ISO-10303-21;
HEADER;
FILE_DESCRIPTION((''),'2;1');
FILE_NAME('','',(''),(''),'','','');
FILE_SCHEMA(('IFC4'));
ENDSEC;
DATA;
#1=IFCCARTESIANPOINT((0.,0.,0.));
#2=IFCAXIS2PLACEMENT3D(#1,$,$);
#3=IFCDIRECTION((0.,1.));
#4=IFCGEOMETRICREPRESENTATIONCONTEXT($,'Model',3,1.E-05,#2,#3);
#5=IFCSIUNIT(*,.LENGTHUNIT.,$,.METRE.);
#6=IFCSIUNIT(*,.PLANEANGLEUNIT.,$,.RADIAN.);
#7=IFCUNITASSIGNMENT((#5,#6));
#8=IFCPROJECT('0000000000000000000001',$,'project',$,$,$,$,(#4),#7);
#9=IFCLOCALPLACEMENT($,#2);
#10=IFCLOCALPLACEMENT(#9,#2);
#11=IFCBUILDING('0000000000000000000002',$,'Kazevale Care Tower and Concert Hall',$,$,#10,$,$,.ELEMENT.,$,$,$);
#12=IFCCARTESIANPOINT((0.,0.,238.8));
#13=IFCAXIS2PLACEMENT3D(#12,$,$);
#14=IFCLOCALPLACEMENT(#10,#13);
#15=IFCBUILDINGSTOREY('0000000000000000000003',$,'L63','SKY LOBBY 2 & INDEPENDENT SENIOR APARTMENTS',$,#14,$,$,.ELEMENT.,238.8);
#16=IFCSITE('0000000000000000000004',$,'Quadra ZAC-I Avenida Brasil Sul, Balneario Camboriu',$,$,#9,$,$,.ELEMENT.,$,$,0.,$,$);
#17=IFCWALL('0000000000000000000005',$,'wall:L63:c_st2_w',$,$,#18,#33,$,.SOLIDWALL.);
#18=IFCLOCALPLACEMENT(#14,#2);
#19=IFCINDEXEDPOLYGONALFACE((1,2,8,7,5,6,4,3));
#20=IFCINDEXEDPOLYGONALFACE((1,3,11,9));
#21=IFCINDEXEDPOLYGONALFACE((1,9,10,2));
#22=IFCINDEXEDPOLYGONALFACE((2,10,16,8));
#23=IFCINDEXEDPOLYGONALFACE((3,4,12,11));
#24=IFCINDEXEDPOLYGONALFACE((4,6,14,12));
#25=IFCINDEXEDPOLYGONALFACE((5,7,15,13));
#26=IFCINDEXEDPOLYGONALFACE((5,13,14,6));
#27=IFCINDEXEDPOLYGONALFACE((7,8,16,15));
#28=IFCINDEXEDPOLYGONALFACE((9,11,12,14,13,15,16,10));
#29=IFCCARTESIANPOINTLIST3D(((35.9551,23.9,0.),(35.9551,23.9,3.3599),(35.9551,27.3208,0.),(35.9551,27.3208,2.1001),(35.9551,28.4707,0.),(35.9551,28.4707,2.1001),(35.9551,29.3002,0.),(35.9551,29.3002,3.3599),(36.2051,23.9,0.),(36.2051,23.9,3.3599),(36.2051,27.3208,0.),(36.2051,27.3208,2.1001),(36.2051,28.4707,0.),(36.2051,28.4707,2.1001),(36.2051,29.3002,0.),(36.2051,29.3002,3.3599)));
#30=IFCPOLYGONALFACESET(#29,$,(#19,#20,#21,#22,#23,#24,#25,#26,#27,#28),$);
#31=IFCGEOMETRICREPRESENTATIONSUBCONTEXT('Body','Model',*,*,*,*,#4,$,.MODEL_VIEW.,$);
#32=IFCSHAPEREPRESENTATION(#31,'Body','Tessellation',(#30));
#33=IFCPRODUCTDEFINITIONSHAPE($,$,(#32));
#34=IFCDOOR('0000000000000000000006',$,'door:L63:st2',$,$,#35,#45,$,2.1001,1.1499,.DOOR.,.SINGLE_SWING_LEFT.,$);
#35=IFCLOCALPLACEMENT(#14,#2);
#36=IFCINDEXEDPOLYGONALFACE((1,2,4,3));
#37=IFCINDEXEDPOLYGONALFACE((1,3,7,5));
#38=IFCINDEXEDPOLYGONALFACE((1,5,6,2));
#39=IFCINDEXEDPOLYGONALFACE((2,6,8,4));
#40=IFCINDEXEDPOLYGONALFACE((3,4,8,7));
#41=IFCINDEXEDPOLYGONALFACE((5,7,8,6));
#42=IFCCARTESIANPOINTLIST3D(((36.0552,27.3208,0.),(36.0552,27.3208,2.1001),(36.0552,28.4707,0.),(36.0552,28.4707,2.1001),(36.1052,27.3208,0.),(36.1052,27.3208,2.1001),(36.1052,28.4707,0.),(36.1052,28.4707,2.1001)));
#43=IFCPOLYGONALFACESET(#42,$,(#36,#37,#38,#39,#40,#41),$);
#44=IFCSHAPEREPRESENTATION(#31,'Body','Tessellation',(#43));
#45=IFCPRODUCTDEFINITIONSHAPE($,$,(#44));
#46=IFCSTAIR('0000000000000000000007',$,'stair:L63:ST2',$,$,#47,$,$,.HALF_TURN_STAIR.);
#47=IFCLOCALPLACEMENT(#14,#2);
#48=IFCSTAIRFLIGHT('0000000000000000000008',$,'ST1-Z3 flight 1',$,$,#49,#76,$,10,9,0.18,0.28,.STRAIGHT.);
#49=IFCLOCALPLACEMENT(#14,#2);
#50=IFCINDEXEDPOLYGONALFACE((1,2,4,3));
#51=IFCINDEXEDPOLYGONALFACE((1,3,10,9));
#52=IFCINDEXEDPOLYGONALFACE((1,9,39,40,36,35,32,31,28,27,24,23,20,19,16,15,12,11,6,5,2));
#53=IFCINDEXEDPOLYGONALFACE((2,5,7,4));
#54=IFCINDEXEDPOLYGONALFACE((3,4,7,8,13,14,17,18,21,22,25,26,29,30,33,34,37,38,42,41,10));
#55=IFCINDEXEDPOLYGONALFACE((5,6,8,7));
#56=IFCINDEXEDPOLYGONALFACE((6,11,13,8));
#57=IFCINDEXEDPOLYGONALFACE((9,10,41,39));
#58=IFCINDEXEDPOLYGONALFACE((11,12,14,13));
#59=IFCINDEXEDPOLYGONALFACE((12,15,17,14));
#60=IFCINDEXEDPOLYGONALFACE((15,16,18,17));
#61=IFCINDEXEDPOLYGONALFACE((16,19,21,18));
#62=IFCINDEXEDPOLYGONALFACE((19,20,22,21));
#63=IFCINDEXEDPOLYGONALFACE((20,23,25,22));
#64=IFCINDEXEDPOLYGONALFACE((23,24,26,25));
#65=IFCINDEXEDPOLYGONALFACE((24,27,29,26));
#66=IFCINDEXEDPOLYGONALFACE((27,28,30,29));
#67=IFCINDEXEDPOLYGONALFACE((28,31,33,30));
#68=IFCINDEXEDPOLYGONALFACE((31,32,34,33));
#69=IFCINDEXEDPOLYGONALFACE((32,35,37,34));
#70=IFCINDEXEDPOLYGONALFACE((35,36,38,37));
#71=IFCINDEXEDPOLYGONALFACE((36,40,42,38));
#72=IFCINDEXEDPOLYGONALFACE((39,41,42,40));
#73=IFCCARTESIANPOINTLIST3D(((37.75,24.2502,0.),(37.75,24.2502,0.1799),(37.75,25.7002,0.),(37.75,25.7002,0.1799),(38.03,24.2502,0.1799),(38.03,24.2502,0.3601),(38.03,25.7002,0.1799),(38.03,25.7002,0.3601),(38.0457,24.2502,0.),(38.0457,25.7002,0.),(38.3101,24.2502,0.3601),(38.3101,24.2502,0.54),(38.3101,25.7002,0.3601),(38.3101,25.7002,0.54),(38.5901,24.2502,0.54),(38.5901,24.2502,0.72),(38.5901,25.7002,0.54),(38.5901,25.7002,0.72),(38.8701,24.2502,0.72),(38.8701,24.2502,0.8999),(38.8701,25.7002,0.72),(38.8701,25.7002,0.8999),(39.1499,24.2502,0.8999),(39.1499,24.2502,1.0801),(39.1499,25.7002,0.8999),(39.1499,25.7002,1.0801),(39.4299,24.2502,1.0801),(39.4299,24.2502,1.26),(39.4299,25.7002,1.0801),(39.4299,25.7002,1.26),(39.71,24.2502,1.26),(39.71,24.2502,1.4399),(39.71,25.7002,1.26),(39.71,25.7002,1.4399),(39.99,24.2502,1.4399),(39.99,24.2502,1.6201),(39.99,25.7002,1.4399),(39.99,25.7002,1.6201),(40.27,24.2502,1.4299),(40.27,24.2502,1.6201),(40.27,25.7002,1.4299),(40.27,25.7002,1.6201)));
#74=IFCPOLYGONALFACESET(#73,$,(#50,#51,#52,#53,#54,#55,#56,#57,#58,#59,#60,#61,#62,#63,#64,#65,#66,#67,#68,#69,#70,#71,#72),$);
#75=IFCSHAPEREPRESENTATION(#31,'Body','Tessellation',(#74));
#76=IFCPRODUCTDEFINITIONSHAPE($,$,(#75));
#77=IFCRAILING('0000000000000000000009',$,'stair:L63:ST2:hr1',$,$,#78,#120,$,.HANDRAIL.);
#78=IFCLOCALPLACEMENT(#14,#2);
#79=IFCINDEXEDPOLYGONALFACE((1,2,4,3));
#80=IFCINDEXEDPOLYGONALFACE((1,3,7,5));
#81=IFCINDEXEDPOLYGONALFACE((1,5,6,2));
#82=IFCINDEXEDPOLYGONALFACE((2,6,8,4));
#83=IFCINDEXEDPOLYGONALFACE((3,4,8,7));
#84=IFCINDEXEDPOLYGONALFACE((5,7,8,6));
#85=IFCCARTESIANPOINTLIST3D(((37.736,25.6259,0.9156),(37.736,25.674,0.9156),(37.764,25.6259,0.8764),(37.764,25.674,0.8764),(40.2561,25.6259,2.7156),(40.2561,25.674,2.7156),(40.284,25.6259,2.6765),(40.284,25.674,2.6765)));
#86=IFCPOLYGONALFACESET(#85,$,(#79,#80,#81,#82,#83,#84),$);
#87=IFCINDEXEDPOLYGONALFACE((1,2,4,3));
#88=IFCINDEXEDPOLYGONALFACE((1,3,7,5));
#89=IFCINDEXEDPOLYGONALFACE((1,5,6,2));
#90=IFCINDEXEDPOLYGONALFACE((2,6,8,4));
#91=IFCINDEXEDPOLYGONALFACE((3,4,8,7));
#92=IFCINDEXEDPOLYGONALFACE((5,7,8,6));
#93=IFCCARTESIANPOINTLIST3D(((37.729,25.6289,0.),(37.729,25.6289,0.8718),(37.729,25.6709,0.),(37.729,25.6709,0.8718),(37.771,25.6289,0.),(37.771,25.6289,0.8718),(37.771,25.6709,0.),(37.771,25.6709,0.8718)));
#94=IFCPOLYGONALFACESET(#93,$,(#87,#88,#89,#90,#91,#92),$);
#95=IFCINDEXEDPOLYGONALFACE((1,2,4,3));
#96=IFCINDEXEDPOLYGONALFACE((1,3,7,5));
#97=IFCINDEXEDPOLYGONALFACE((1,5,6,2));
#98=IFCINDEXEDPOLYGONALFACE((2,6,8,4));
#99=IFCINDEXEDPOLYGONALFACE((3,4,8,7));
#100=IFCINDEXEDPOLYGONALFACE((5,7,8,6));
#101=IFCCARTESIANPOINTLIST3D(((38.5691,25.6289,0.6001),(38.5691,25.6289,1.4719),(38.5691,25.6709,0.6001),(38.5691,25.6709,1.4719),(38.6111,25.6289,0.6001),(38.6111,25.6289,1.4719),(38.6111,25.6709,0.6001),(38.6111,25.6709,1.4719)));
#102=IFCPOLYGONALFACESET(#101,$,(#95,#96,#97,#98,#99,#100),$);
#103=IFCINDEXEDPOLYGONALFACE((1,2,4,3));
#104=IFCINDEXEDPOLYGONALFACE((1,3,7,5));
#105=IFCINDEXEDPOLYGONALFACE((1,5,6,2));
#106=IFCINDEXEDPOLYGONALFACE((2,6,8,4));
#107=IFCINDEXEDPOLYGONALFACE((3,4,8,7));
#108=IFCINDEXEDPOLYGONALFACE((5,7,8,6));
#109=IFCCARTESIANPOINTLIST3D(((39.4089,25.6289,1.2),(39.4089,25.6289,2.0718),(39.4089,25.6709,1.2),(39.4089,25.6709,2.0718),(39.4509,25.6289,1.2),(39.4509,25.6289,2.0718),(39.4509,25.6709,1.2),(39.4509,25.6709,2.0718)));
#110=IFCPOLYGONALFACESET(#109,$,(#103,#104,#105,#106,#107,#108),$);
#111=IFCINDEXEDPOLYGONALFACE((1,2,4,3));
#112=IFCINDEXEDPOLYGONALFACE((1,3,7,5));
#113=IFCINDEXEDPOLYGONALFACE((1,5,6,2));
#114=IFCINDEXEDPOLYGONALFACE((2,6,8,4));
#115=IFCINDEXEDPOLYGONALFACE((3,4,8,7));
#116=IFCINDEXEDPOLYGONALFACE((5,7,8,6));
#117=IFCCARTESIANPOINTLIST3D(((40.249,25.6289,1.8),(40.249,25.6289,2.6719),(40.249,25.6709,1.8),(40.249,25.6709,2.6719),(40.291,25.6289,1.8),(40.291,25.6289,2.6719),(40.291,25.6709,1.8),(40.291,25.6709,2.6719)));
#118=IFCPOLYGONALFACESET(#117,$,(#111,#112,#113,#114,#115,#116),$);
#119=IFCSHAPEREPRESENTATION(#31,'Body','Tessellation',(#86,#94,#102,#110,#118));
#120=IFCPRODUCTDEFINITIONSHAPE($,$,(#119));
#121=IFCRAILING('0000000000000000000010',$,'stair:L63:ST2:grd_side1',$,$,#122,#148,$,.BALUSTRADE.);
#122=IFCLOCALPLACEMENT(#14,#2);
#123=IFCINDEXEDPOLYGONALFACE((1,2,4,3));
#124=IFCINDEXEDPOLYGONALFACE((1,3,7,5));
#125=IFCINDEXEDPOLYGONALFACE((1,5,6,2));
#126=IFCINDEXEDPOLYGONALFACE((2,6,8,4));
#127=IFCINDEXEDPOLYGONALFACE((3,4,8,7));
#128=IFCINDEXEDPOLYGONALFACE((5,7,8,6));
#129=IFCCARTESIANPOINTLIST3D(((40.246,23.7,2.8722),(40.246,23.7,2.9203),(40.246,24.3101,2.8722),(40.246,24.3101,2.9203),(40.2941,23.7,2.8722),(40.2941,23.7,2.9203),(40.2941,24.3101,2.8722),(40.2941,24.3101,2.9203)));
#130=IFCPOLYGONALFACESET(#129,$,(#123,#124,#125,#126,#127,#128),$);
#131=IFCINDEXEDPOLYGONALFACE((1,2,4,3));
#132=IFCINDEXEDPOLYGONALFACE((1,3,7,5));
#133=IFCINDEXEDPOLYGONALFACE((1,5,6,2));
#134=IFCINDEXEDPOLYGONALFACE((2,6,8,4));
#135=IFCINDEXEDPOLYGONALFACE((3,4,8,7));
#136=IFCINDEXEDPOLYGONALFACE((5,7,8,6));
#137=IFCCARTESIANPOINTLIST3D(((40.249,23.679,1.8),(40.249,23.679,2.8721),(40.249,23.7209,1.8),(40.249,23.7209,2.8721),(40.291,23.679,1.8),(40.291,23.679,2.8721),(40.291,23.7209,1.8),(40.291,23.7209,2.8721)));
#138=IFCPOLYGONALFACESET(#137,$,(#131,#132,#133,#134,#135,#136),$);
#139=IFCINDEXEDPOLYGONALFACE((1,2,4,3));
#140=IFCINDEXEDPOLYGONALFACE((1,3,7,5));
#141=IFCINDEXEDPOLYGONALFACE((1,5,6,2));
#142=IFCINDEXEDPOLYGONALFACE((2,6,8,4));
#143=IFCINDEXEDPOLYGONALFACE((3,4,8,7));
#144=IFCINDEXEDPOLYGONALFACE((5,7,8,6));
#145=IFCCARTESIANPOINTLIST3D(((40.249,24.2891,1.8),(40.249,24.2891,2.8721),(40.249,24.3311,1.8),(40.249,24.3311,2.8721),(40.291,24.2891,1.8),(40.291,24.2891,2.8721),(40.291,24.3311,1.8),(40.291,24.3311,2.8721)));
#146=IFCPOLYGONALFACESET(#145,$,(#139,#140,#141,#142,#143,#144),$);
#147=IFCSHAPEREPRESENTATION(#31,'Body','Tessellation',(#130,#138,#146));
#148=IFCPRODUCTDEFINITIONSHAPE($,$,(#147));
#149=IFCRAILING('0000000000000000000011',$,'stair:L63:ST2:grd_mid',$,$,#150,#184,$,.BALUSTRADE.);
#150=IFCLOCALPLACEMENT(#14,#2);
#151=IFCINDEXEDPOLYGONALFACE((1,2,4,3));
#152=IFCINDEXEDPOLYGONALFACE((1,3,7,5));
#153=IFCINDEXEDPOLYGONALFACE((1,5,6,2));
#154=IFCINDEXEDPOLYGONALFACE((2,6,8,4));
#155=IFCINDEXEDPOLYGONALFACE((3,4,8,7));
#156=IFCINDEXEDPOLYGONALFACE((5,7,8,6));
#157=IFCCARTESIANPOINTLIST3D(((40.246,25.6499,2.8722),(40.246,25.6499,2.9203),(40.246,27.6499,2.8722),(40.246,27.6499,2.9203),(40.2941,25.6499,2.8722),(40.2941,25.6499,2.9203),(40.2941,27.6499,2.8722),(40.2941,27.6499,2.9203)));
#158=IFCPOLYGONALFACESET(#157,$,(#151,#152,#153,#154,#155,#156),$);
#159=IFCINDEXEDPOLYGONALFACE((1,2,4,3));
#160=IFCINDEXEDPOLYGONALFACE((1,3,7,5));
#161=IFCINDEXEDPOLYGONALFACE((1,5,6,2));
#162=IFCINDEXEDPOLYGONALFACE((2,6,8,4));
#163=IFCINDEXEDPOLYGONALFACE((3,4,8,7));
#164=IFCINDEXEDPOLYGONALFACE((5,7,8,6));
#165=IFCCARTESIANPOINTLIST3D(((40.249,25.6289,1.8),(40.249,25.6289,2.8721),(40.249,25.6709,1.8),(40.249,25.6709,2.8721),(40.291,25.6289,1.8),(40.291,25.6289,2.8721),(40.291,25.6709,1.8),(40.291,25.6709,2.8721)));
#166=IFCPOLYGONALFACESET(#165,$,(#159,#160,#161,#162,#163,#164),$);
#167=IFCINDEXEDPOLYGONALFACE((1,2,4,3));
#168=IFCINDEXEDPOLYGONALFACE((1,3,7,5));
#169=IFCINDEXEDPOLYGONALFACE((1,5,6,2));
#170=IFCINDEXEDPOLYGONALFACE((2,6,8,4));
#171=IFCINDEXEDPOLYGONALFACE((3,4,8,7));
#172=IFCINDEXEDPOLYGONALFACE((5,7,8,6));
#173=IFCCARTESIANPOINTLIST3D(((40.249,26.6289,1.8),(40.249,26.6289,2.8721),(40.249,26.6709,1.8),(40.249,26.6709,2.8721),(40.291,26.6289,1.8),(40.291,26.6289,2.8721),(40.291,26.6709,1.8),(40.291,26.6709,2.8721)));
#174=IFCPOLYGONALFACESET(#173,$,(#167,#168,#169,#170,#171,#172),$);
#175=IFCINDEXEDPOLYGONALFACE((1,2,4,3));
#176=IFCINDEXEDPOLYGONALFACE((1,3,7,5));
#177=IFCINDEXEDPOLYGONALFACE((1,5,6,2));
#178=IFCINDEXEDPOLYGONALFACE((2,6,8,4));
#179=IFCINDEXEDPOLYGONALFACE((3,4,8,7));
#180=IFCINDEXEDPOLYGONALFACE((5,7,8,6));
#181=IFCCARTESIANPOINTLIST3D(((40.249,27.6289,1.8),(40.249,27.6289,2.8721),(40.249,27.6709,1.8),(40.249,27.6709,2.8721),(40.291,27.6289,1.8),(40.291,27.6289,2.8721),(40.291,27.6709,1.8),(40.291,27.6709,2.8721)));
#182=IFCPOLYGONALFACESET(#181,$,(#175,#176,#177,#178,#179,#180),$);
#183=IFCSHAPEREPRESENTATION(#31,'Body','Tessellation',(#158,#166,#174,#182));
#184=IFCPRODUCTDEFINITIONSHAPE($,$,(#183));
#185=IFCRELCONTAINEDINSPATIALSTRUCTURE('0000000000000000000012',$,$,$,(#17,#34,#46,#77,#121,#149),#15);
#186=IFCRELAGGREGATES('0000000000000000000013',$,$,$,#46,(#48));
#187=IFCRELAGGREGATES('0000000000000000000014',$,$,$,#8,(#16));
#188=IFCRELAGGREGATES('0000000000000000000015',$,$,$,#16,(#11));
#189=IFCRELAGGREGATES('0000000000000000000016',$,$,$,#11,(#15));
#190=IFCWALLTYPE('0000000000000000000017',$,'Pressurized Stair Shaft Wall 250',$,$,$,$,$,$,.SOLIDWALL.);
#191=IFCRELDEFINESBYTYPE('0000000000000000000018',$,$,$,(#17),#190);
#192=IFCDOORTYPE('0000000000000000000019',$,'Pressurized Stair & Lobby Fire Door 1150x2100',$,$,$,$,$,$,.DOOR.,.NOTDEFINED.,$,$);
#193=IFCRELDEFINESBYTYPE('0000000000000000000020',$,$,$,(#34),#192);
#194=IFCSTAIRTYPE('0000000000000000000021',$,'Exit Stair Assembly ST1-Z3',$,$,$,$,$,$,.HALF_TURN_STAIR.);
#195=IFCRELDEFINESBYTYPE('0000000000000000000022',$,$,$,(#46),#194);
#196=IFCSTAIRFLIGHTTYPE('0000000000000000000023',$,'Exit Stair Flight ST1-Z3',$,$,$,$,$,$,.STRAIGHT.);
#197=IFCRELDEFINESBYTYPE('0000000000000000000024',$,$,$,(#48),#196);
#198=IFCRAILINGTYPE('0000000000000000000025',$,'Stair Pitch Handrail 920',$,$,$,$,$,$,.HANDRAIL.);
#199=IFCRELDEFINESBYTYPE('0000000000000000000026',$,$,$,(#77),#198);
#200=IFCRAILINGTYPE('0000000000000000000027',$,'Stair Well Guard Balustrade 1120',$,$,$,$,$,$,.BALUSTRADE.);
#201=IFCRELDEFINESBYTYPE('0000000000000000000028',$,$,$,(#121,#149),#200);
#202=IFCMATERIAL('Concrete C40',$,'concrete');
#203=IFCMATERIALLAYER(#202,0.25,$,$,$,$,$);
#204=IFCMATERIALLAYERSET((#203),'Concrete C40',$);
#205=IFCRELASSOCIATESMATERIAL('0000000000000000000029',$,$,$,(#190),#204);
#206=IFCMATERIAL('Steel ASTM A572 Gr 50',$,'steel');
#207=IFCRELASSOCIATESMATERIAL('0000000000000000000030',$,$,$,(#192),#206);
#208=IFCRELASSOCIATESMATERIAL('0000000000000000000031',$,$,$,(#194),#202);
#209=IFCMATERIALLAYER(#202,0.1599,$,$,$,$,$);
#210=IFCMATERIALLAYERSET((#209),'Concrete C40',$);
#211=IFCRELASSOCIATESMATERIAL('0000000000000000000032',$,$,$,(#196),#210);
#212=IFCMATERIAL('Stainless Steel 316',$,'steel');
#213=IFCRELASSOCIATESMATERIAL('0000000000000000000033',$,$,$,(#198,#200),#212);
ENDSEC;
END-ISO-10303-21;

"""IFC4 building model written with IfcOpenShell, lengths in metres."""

from ifc_helpers import new_model, si_unit, direction, frame, frame_2d, origin, origin_2d, place, context, subcontext, project, spatial, polyline, rectangle, outline, extrude, material, layer, layer_set, type_object, element, fill, aggregate, save


model = new_model("IFC4")

# Units and contexts
model_context = context("Model", 3, precision=1e-05, world=origin(), true_north=direction((0.0, 1.0)))
body_context = subcontext(model_context, "Body", "Model", "MODEL_VIEW")
ifc_project = project(units=[si_unit("LENGTHUNIT", "METRE"), si_unit("PLANEANGLEUNIT", "RADIAN")], contexts=[model_context])

# Site, building, storey
site_placement = place(None, origin())
site = spatial("IfcSite", under=ifc_project, at=site_placement, Name="Quadra ZAC-I Avenida Brasil Sul, Balneario Camboriu", CompositionType="ELEMENT", RefElevation=0.0)
building_placement = place(site_placement, origin())
building = spatial("IfcBuilding", under=site, at=building_placement, Name="Kazevale Care Tower and Concert Hall", CompositionType="ELEMENT")
storey_placement = place(building_placement, frame((0.0, 0.0, 238.8)))
storey = spatial("IfcBuildingStorey", under=building, at=storey_placement, Name="L63", Description="SKY LOBBY 2 & INDEPENDENT SENIOR APARTMENTS", CompositionType="ELEMENT", Elevation=238.8)

# Shared definitions
ifc_material_1 = material(Name="Steel ASTM A572 Gr 50", Category="steel")

# Wall, opening, door
ifc_material_2 = material(Name="Concrete C40", Category="concrete")
ifc_layer_1 = layer(ifc_material_2, 0.25)
ifc_layer_set_1 = layer_set([ifc_layer_1], Name="Concrete C40")
wall_type_1 = type_object("IfcWallType", Name="Pressurized Stair Shaft Wall 250", PredefinedType="SOLIDWALL", material=ifc_layer_set_1)
wall_1_placement = place(storey_placement, frame((36.0801, 23.8999, 0.0), z_axis=(0.0, 0.0, 1.0), x_axis=(0.0, 1.0, 0.0)))
wall_1 = element("IfcWall", 1, at=wall_1_placement, inside=storey, type_object=wall_type_1, Name="wall:L63:c_st2_w", PredefinedType="SOLIDWALL", context=body_context, shape_type="SweptSolid", body=[
    extrude(rectangle(XDim=5.4001, YDim=0.25, at=frame_2d((2.7002, 0.0))), origin(), (0.0, 0.0, 1.0), 3.3599),
])
opening_1_placement = place(wall_1_placement, frame((3.4209, 0.0, 0.0)))
opening_1 = element("IfcOpeningElement", 2, at=opening_1_placement, cuts=wall_1, PredefinedType="OPENING", context=body_context, shape_type="SweptSolid", body=[
    extrude(rectangle(XDim=1.1499, YDim=2.1001, at=frame_2d((0.575, 1.05))), frame((0.0, 0.135, 0.0), z_axis=(0.0, -1.0, 0.0), x_axis=(1.0, 0.0, 0.0)), (0.0, 0.0, 1.0), 0.27),
])
door_type_1 = type_object("IfcDoorType", Name="Pressurized Stair & Lobby Fire Door 1150x2100", OperationType="NOTDEFINED", PredefinedType="DOOR", material=ifc_material_1)
door_1_placement = place(opening_1_placement, origin())
door_1 = element("IfcDoor", 3, at=door_1_placement, inside=storey, type_object=door_type_1, Name="door:L63:st2", OperationType="SINGLE_SWING_LEFT", OverallHeight=2.1001, OverallWidth=1.1499, PredefinedType="DOOR", context=body_context, shape_type="SweptSolid", body=[
    extrude(rectangle(XDim=1.1499, YDim=2.1001, at=frame_2d((0.575, 1.05))), frame((0.0, 0.0249, 0.0), z_axis=(0.0, -1.0, 0.0), x_axis=(1.0, 0.0, 0.0)), (0.0, 0.0, 1.0), 0.05),
])
fill(opening_1, door_1)

# Stair, stair flight
stair_type = type_object("IfcStairType", Name="Exit Stair Assembly ST1-Z3", PredefinedType="HALF_TURN_STAIR", material=ifc_material_2)
stair_placement = place(storey_placement, origin())
stair = element("IfcStair", 4, at=stair_placement, inside=storey, type_object=stair_type, Name="stair:L63:ST2", PredefinedType="HALF_TURN_STAIR")
ifc_layer_2 = layer(ifc_material_2, 0.1599)
ifc_layer_set_2 = layer_set([ifc_layer_2], Name="Concrete C40")
stair_flight_type = type_object("IfcStairFlightType", Name="Exit Stair Flight ST1-Z3", PredefinedType="STRAIGHT", material=ifc_layer_set_2)
stair_flight_placement = place(storey_placement, frame((37.75, 24.9751, 0.0), z_axis=(0.0, 0.0, 1.0), x_axis=(1.0, 0.0, 0.0)))
stair_flight = element("IfcStairFlight", 5, at=stair_flight_placement, type_object=stair_flight_type, Name="ST1-Z3 flight 1", NumberOfRisers=10, NumberOfTreads=9, PredefinedType="STRAIGHT", RiserHeight=0.18, TreadLength=0.28, context=body_context, shape_type="SweptSolid", body=[
    extrude(outline(polyline([(0.0, 0.0), (0.0, 0.1799), (0.28, 0.1799), (0.28, 0.3601), (0.5601, 0.3601), (0.5601, 0.54), (0.8401, 0.54), (0.8401, 0.72), (1.1201, 0.72), (1.1201, 0.8999), (1.3999, 0.8999), (1.3999, 1.0801), (1.6799, 1.0801), (1.6799, 1.26), (1.96, 1.26), (1.96, 1.4399), (2.24, 1.4399), (2.24, 1.6201), (2.52, 1.6201), (2.52, 1.8), (2.52, 1.4299), (0.2957, 0.0), (0.0, 0.0)])), frame((0.0, 0.7251, 0.0), z_axis=(0.0, -1.0, 0.0), x_axis=(1.0, 0.0, 0.0)), (0.0, 0.0, 1.0), 1.45),
])
aggregate(stair, [stair_flight])

# Railings
ifc_material_3 = material(Name="Stainless Steel 316", Category="steel")
railing_type_1 = type_object("IfcRailingType", Name="Stair Pitch Handrail 920", PredefinedType="HANDRAIL", material=ifc_material_3)
railing_1_placement = place(storey_placement, frame((37.75, 25.6499, 0.0)))
element("IfcRailing", 6, at=railing_1_placement, inside=storey, type_object=railing_type_1, Name="stair:L63:ST2:hr1", PredefinedType="HANDRAIL", context=body_context, shape_type="SweptSolid", body=[
    extrude(rectangle(XDim=0.0481, YDim=0.0481, at=origin_2d()), frame((0.0, 0.0, 0.896), z_axis=(0.813728, 0.0, 0.581246), x_axis=(0.0, 1.0, 0.0)), (0.0, 0.0, 1.0), 3.0969),
    extrude(rectangle(XDim=0.042, YDim=0.042, at=origin_2d()), origin(), (0.0, 0.0, 1.0), 0.8718),
    extrude(rectangle(XDim=0.042, YDim=0.042, at=origin_2d()), frame((0.8401, 0.0, 0.6001)), (0.0, 0.0, 1.0), 0.8718),
    extrude(rectangle(XDim=0.042, YDim=0.042, at=origin_2d()), frame((1.6799, 0.0, 1.2)), (0.0, 0.0, 1.0), 0.8718),
    extrude(rectangle(XDim=0.042, YDim=0.042, at=origin_2d()), frame((2.52, 0.0, 1.8)), (0.0, 0.0, 1.0), 0.8718),
])
railing_type_2 = type_object("IfcRailingType", Name="Stair Well Guard Balustrade 1120", PredefinedType="BALUSTRADE", material=ifc_material_3)
railing_2_placement = place(storey_placement, frame((40.27, 23.7, 1.8)))
element("IfcRailing", 7, at=railing_2_placement, inside=storey, type_object=railing_type_2, Name="stair:L63:ST2:grd_side1", PredefinedType="BALUSTRADE", context=body_context, shape_type="SweptSolid", body=[
    extrude(rectangle(XDim=0.0481, YDim=0.0481, at=origin_2d()), frame((0.0, 0.0, 1.0962), z_axis=(0.0, 1.0, 0.0), x_axis=(-1.0, 0.0, 0.0)), (0.0, 0.0, 1.0), 0.6101),
    extrude(rectangle(XDim=0.042, YDim=0.042, at=origin_2d()), origin(), (0.0, 0.0, 1.0), 1.072),
    extrude(rectangle(XDim=0.042, YDim=0.042, at=origin_2d()), frame((0.0, 0.6101, 0.0)), (0.0, 0.0, 1.0), 1.072),
])
for number, where, name in (
    (8, (40.27, 25.6499, 1.8), "stair:L63:ST2:grd_mid"),
):
    element("IfcRailing", number, at=place(storey_placement, frame(where)), inside=storey, type_object=railing_type_2, Name=name, PredefinedType="BALUSTRADE", context=body_context, shape_type="SweptSolid", body=[
        extrude(rectangle(XDim=0.0481, YDim=0.0481, at=origin_2d()), frame((0.0, 0.0, 1.0962), z_axis=(0.0, 1.0, 0.0), x_axis=(-1.0, 0.0, 0.0)), (0.0, 0.0, 1.0), 2.0),
        extrude(rectangle(XDim=0.042, YDim=0.042, at=origin_2d()), origin(), (0.0, 0.0, 1.0), 1.072),
        extrude(rectangle(XDim=0.042, YDim=0.042, at=origin_2d()), frame((0.0, 1.0, 0.0)), (0.0, 0.0, 1.0), 1.072),
        extrude(rectangle(XDim=0.042, YDim=0.042, at=origin_2d()), frame((0.0, 2.0, 0.0)), (0.0, 0.0, 1.0), 1.072),
    ])

save(model, "model.ifc")
